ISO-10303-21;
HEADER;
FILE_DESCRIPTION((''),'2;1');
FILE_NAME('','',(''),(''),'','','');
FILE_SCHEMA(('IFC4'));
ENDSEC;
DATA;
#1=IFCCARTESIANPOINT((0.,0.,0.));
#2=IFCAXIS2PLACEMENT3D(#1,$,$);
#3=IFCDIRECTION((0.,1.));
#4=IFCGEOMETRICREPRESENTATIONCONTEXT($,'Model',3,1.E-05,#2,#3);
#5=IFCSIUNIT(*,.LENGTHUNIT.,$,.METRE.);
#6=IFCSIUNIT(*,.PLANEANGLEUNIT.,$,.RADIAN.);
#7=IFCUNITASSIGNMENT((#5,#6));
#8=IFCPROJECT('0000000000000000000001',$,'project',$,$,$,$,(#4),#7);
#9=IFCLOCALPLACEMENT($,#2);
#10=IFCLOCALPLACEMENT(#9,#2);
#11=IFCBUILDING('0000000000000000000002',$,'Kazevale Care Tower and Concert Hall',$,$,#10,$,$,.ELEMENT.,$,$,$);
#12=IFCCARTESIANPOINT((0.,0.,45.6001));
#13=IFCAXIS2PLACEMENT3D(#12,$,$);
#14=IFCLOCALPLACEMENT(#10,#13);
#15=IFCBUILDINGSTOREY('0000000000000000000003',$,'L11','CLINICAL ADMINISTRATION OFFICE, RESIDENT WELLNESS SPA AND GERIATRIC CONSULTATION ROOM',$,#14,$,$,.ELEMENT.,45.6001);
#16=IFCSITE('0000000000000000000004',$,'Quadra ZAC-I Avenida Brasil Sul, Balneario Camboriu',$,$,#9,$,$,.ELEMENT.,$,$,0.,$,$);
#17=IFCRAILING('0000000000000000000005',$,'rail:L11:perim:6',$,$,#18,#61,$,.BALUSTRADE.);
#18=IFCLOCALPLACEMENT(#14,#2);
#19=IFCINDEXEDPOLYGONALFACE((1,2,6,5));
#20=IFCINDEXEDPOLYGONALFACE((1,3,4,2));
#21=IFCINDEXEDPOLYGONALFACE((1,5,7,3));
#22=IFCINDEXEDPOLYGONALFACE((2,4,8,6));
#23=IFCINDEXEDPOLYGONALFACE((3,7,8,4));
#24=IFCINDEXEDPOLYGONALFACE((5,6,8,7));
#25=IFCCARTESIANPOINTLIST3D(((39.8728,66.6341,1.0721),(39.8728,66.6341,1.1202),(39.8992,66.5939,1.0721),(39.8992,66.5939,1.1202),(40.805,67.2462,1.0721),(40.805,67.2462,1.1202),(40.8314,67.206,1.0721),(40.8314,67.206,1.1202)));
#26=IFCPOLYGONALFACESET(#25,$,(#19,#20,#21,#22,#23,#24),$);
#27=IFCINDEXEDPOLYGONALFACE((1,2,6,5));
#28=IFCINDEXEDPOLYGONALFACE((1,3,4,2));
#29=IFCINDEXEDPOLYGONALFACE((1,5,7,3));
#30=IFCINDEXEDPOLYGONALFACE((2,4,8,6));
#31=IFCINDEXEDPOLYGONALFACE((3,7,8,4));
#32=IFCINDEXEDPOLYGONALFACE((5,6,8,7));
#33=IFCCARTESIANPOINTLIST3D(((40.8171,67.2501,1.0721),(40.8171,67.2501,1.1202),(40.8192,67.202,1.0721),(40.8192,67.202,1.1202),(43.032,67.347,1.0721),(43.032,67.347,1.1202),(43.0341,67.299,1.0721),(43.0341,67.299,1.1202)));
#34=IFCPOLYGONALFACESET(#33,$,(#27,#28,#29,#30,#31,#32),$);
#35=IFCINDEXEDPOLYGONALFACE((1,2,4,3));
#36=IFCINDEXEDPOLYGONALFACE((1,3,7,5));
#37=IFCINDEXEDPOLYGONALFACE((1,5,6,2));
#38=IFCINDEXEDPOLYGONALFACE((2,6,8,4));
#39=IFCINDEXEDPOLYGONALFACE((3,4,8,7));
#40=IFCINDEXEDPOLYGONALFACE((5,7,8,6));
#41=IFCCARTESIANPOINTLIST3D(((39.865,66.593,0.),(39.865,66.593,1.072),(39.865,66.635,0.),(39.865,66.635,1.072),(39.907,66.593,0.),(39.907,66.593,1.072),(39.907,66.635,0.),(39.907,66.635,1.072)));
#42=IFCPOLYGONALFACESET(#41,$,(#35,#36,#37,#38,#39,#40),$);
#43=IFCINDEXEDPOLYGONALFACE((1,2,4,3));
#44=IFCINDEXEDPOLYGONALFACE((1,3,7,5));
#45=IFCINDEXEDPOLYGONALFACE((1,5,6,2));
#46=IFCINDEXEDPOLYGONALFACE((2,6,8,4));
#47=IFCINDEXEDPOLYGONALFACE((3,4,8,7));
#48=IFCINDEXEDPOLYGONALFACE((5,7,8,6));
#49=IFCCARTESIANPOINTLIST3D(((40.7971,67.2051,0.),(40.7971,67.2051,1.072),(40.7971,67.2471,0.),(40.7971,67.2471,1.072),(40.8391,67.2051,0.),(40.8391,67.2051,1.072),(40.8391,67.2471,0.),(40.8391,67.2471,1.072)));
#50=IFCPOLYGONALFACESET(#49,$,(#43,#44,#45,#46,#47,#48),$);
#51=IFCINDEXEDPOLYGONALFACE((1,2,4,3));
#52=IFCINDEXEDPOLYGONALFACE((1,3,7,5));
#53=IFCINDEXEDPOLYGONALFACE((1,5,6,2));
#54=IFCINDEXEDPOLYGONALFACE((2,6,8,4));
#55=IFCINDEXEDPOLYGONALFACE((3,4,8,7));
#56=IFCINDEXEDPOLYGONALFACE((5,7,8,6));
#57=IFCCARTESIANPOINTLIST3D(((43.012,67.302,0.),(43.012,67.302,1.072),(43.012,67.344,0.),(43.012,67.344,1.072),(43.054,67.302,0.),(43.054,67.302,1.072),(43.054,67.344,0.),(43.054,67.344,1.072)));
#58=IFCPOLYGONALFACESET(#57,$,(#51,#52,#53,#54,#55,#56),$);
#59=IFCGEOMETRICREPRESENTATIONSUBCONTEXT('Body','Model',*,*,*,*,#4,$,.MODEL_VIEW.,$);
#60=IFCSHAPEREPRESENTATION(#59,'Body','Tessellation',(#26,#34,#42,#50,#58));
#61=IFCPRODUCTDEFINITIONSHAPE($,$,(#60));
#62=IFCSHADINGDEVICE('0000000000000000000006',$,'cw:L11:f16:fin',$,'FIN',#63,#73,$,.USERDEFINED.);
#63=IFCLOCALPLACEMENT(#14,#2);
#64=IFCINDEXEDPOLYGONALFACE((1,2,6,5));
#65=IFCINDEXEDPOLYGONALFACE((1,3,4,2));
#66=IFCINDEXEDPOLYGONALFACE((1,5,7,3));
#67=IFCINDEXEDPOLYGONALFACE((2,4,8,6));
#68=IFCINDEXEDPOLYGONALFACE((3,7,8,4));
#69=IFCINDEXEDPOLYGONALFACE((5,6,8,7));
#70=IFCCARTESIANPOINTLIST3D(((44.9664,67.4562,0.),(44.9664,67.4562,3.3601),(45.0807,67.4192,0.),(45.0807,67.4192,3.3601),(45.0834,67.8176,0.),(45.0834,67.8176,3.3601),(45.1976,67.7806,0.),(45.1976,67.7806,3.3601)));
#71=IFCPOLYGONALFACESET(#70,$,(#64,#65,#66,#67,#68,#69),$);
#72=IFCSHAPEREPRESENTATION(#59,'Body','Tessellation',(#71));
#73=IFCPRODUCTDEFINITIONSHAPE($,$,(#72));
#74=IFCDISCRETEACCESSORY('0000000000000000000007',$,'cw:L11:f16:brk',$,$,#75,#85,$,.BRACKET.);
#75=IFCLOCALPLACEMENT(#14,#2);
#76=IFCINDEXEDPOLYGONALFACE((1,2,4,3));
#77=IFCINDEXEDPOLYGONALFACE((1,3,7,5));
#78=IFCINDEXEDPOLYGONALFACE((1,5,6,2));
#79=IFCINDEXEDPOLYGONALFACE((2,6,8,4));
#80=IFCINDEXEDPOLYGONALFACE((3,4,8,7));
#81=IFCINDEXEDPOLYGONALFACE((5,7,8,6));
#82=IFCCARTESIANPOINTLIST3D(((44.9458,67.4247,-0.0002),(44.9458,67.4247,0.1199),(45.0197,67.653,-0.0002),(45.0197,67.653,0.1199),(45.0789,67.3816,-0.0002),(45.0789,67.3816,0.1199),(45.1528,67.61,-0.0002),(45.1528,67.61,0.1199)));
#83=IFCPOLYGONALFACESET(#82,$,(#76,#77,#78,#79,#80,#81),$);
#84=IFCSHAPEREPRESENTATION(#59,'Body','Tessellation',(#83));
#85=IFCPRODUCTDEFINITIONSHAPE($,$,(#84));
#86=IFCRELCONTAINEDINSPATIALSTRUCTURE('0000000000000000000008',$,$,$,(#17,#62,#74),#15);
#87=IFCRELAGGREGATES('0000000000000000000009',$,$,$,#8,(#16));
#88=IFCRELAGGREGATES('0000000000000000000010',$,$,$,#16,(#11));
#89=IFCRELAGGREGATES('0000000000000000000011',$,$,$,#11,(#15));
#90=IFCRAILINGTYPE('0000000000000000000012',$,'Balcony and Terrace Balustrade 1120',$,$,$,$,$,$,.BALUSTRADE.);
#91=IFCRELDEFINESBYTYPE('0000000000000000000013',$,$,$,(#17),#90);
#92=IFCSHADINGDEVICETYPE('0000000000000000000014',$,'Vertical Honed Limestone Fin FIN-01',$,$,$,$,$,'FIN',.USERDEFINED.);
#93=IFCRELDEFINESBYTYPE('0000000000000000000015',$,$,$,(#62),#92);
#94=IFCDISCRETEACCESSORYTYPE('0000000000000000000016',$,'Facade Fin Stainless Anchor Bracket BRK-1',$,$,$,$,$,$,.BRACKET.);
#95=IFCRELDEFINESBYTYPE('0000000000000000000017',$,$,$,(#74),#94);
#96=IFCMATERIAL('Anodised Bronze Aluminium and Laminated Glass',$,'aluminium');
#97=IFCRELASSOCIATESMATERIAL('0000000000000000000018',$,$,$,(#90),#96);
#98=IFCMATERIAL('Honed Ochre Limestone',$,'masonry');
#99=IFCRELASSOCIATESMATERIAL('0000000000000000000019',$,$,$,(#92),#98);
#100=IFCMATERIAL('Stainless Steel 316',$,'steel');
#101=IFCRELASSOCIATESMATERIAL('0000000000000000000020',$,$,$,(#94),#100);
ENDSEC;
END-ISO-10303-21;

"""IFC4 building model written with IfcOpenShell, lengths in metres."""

from ifc_helpers import new_model, si_unit, direction, frame, origin, origin_2d, place, context, subcontext, project, spatial, rectangle, extrude, material, type_object, element, save


model = new_model("IFC4")

# Units and contexts
model_context = context("Model", 3, precision=1e-05, world=origin(), true_north=direction((0.0, 1.0)))
body_context = subcontext(model_context, "Body", "Model", "MODEL_VIEW")
ifc_project = project(units=[si_unit("LENGTHUNIT", "METRE"), si_unit("PLANEANGLEUNIT", "RADIAN")], contexts=[model_context])

# Site, building, storey
site_placement = place(None, origin())
site = spatial("IfcSite", under=ifc_project, at=site_placement, Name="Quadra ZAC-I Avenida Brasil Sul, Balneario Camboriu", CompositionType="ELEMENT", RefElevation=0.0)
building_placement = place(site_placement, origin())
building = spatial("IfcBuilding", under=site, at=building_placement, Name="Kazevale Care Tower and Concert Hall", CompositionType="ELEMENT")
storey_placement = place(building_placement, frame((0.0, 0.0, 45.6001)))
storey = spatial("IfcBuildingStorey", under=building, at=storey_placement, Name="L11", Description="CLINICAL ADMINISTRATION OFFICE, RESIDENT WELLNESS SPA AND GERIATRIC CONSULTATION ROOM", CompositionType="ELEMENT", Elevation=45.6001)

# Railing
ifc_material_1 = material(Name="Anodised Bronze Aluminium and Laminated Glass", Category="aluminium")
railing_type = type_object("IfcRailingType", Name="Balcony and Terrace Balustrade 1120", PredefinedType="BALUSTRADE", material=ifc_material_1)
railing_placement = place(storey_placement, frame((39.886, 66.614, 0.0)))
element("IfcRailing", 1, at=railing_placement, inside=storey, type_object=railing_type, Name="rail:L11:perim:6", PredefinedType="BALUSTRADE", context=body_context, shape_type="SweptSolid", body=[
    extrude(rectangle(XDim=0.0481, YDim=0.0481, at=origin_2d()), frame((0.0, 0.0, 1.0962), z_axis=(0.835904, 0.548876, 0.0), x_axis=(-0.548876, 0.835904, 0.0)), (0.0, 0.0, 1.0), 1.1152),
    extrude(rectangle(XDim=0.0481, YDim=0.0481, at=origin_2d()), frame((0.9321, 0.6121, 1.0962), z_axis=(0.999044, 0.043719, 0.0), x_axis=(-0.043719, 0.999044, 0.0)), (0.0, 0.0, 1.0), 2.217),
    extrude(rectangle(XDim=0.042, YDim=0.042, at=origin_2d()), origin(), (0.0, 0.0, 1.0), 1.072),
    extrude(rectangle(XDim=0.042, YDim=0.042, at=origin_2d()), frame((0.9321, 0.6121, 0.0)), (0.0, 0.0, 1.0), 1.072),
    extrude(rectangle(XDim=0.042, YDim=0.042, at=origin_2d()), frame((3.147, 0.709, 0.0)), (0.0, 0.0, 1.0), 1.072),
])

# Shading device
ifc_material_2 = material(Name="Honed Ochre Limestone", Category="masonry")
shading_device_type = type_object("IfcShadingDeviceType", Name="Vertical Honed Limestone Fin FIN-01", ElementType="FIN", PredefinedType="USERDEFINED", material=ifc_material_2)
shading_device_placement = place(storey_placement, frame((45.082, 67.6184, 0.0), z_axis=(0.0, 0.0, 1.0), x_axis=(0.307855, 0.951433, 0.0)))
element("IfcShadingDevice", 2, at=shading_device_placement, inside=storey, type_object=shading_device_type, Name="cw:L11:f16:fin", ObjectType="FIN", PredefinedType="USERDEFINED", context=body_context, shape_type="SweptSolid", body=[
    extrude(rectangle(XDim=0.3799, YDim=0.1201, at=origin_2d()), origin(), (0.0, 0.0, 1.0), 3.3601),
])

# Discrete accessory
ifc_material_3 = material(Name="Stainless Steel 316", Category="steel")
discrete_accessory_type = type_object("IfcDiscreteAccessoryType", Name="Facade Fin Stainless Anchor Bracket BRK-1", PredefinedType="BRACKET", material=ifc_material_3)
discrete_accessory_placement = place(storey_placement, frame((45.0493, 67.5173, -0.0002), z_axis=(0.0, 0.0, 1.0), x_axis=(0.307855, 0.951433, 0.0)))
element("IfcDiscreteAccessory", 3, at=discrete_accessory_placement, inside=storey, type_object=discrete_accessory_type, Name="cw:L11:f16:brk", PredefinedType="BRACKET", context=body_context, shape_type="SweptSolid", body=[
    extrude(rectangle(XDim=0.24, YDim=0.1399, at=origin_2d()), origin(), (0.0, 0.0, 1.0), 0.1201),
])

save(model, "model.ifc")
